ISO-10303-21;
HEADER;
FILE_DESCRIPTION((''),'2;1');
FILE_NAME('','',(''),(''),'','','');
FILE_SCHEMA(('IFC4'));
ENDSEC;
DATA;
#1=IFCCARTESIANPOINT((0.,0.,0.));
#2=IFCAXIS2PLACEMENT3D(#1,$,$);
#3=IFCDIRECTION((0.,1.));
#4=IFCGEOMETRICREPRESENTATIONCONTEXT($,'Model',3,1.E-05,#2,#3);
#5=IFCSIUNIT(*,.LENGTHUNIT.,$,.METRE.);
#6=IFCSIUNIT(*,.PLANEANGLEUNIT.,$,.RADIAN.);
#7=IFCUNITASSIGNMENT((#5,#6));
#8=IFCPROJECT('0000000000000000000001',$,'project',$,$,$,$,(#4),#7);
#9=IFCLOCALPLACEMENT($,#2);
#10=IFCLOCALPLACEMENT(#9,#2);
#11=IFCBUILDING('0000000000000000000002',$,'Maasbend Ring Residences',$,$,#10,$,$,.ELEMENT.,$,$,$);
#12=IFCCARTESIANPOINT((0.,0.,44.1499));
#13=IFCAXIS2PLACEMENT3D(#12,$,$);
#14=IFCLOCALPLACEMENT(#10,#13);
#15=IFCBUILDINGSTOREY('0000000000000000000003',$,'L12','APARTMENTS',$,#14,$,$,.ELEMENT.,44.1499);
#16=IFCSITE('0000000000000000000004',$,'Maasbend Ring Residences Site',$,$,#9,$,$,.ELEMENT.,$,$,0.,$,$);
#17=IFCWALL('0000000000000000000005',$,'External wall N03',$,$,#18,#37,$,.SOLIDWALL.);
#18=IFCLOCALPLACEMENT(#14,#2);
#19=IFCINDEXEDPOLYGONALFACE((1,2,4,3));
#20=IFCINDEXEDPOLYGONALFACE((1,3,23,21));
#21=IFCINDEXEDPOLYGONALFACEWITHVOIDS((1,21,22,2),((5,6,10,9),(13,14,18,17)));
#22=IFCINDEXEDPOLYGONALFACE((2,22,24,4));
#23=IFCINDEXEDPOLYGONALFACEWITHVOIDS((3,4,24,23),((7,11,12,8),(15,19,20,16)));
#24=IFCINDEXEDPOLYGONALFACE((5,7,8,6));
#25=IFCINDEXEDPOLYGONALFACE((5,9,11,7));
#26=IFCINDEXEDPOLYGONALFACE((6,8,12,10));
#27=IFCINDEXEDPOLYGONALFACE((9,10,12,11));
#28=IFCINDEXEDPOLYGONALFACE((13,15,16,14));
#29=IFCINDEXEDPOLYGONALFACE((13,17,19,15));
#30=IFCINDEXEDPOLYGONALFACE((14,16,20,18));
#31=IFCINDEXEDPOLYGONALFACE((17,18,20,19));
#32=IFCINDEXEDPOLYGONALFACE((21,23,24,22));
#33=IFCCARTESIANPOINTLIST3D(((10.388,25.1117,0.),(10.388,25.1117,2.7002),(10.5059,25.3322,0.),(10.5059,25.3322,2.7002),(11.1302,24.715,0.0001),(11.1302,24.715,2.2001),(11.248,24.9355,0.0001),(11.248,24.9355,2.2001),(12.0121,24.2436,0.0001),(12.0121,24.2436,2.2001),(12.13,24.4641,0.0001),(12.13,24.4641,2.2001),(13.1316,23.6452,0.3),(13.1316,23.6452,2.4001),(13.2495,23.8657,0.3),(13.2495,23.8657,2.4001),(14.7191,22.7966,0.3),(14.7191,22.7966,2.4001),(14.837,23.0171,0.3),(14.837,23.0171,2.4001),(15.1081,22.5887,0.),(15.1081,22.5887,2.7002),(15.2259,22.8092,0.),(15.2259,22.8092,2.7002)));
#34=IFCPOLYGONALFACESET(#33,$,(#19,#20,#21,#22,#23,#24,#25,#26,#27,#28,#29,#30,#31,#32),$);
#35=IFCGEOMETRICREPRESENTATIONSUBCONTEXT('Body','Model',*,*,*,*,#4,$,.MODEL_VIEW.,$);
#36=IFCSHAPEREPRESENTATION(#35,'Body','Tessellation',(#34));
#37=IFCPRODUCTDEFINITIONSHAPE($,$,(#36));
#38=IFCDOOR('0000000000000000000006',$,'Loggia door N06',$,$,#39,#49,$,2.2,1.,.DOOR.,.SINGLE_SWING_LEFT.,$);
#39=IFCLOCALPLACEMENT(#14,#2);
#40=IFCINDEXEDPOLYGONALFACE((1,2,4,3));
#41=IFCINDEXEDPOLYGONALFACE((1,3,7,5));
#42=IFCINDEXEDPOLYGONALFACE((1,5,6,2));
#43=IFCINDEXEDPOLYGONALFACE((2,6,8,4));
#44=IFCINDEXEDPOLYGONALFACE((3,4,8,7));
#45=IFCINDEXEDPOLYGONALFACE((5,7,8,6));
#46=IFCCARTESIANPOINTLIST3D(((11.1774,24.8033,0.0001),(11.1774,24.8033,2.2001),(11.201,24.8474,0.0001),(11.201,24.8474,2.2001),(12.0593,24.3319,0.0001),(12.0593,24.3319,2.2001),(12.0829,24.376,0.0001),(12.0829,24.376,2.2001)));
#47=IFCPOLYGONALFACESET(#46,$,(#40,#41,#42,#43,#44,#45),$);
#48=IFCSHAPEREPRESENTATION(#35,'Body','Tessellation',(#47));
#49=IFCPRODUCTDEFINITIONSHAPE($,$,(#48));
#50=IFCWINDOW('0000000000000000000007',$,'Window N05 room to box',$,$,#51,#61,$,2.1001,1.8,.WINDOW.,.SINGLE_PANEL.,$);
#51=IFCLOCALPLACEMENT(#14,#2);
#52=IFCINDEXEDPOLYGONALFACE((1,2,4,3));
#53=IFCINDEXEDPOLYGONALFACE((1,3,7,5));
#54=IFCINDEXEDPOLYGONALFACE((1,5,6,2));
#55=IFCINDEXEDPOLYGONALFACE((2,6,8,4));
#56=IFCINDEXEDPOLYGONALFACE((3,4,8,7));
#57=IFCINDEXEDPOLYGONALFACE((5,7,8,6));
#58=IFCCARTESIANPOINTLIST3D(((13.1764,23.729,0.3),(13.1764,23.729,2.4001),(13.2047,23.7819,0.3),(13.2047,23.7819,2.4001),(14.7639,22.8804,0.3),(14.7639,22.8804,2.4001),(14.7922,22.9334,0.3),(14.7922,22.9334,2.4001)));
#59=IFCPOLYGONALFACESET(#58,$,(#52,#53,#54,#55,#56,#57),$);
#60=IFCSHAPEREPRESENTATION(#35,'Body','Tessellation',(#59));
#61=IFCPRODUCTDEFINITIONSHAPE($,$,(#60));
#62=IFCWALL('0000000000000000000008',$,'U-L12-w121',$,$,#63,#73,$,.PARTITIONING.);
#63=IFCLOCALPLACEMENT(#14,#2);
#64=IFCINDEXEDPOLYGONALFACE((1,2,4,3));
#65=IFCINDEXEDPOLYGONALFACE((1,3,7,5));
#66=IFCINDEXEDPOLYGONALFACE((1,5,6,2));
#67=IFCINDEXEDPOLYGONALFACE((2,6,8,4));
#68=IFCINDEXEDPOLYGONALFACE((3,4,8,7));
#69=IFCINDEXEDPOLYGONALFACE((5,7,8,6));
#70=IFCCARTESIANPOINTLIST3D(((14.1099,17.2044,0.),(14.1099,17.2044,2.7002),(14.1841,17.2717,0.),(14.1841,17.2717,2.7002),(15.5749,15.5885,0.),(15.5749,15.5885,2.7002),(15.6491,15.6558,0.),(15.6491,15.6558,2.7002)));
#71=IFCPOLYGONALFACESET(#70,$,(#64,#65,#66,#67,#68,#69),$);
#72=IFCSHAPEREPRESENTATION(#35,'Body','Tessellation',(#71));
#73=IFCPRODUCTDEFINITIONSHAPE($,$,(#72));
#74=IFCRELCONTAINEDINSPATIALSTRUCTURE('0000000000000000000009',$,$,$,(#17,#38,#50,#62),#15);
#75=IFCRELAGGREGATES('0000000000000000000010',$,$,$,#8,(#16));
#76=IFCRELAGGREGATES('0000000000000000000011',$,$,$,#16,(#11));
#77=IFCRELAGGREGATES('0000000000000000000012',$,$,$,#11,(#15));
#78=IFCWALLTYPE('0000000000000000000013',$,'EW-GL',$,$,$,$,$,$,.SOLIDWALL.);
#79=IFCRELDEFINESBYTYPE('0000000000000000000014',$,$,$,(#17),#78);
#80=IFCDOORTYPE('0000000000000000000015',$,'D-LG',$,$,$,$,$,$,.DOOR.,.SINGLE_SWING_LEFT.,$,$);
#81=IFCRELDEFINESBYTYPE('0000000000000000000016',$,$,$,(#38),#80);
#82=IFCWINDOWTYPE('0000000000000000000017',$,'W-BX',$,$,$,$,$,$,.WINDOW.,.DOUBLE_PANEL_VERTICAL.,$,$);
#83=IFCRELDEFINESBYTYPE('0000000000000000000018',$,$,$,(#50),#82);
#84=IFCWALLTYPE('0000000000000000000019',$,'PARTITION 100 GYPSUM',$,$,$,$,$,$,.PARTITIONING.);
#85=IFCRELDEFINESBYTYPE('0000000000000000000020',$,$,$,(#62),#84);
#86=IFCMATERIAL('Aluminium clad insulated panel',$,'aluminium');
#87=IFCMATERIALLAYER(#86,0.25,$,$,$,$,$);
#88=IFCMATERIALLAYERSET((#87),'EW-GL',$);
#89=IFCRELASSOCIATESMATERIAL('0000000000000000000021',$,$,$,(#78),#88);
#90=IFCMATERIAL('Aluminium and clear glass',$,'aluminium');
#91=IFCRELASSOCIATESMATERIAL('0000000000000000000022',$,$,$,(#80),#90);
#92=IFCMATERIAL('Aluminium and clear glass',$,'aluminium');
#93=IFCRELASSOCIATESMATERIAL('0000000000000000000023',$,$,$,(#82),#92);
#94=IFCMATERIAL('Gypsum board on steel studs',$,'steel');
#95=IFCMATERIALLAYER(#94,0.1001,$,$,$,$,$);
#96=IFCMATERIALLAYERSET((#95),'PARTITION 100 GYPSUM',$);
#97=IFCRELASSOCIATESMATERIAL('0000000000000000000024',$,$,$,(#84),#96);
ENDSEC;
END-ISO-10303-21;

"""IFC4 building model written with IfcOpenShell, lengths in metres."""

from ifc_helpers import new_model, si_unit, direction, frame, frame_2d, origin, place, context, subcontext, project, spatial, rectangle, extrude, material, layer, layer_set, type_object, element, fill, save


model = new_model("IFC4")

# Units and contexts
model_context = context("Model", 3, precision=1e-05, world=origin(), true_north=direction((0.0, 1.0)))
body_context = subcontext(model_context, "Body", "Model", "MODEL_VIEW")
ifc_project = project(units=[si_unit("LENGTHUNIT", "METRE"), si_unit("PLANEANGLEUNIT", "RADIAN")], contexts=[model_context])

# Site, building, storey
site_placement = place(None, origin())
site = spatial("IfcSite", under=ifc_project, at=site_placement, Name="Maasbend Ring Residences Site", CompositionType="ELEMENT", RefElevation=0.0)
building_placement = place(site_placement, origin())
building = spatial("IfcBuilding", under=site, at=building_placement, Name="Maasbend Ring Residences", CompositionType="ELEMENT")
storey_placement = place(building_placement, frame((0.0, 0.0, 44.1499)))
storey = spatial("IfcBuildingStorey", under=building, at=storey_placement, Name="L12", Description="APARTMENTS", CompositionType="ELEMENT", Elevation=44.1499)

# Wall, openings, door, window
ifc_material_1 = material(Name="Aluminium clad insulated panel", Category="aluminium")
ifc_layer_1 = layer(ifc_material_1, 0.25)
ifc_layer_set_1 = layer_set([ifc_layer_1], Name="EW-GL")
wall_type_1 = type_object("IfcWallType", Name="EW-GL", PredefinedType="SOLIDWALL", material=ifc_layer_set_1)
ifc_material_2 = material(Name="Aluminium and clear glass", Category="aluminium")
door_type = type_object("IfcDoorType", Name="D-LG", OperationType="SINGLE_SWING_LEFT", PredefinedType="DOOR", material=ifc_material_2)
ifc_material_3 = material(Name="Aluminium and clear glass", Category="aluminium")
window_type_1 = type_object("IfcWindowType", Name="W-BX", PartitioningType="DOUBLE_PANEL_VERTICAL", PredefinedType="WINDOW", material=ifc_material_3)
wall_1_placement = place(storey_placement, frame((15.167, 22.699, 0.0), z_axis=(0.0, 0.0, 1.0), x_axis=(-0.881916, 0.471407, 0.0)))
wall_1 = element("IfcWall", 1, at=wall_1_placement, inside=storey, type_object=wall_type_1, Name="External wall N03", PredefinedType="SOLIDWALL", context=body_context, shape_type="SweptSolid", body=[
    extrude(rectangle(XDim=5.3521, YDim=0.25, at=frame_2d((2.676, 0.0))), origin(), (0.0, 0.0, 1.0), 2.7002),
])
opening_1_placement = place(wall_1_placement, frame((0.4412, 0.0, 0.3)))
opening_1 = element("IfcOpeningElement", 2, at=opening_1_placement, cuts=wall_1, PredefinedType="OPENING", context=body_context, shape_type="SweptSolid", body=[
    extrude(rectangle(XDim=1.8, YDim=2.1001, at=frame_2d((0.8999, 1.05))), frame((0.0, 0.135, 0.0), z_axis=(0.0, -1.0, 0.0), x_axis=(1.0, 0.0, 0.0)), (0.0, 0.0, 1.0), 0.27),
])
opening_2_placement = place(wall_1_placement, frame((3.5105, 0.0, 0.0)))
opening_2 = element("IfcOpeningElement", 3, at=opening_2_placement, cuts=wall_1, PredefinedType="OPENING", context=body_context, shape_type="SweptSolid", body=[
    extrude(rectangle(XDim=1.0, YDim=2.2, at=frame_2d((0.5, 1.1001))), frame((0.0, 0.135, 0.0), z_axis=(0.0, -1.0, 0.0), x_axis=(1.0, 0.0, 0.0)), (0.0, 0.0, 1.0), 0.27),
])
door_1_placement = place(opening_2_placement, origin())
door_1 = element("IfcDoor", 4, at=door_1_placement, inside=storey, type_object=door_type, Name="Loggia door N06", OperationType="SINGLE_SWING_LEFT", OverallHeight=2.2, OverallWidth=1.0, PredefinedType="DOOR", context=body_context, shape_type="SweptSolid", body=[
    extrude(rectangle(XDim=1.0, YDim=2.2, at=frame_2d((0.5, 1.1001))), frame((0.0, 0.0249, 0.0), z_axis=(0.0, -1.0, 0.0), x_axis=(1.0, 0.0, 0.0)), (0.0, 0.0, 1.0), 0.05),
])
fill(opening_2, door_1)
window_1_placement = place(opening_1_placement, origin())
window_1 = element("IfcWindow", 5, at=window_1_placement, inside=storey, type_object=window_type_1, Name="Window N05 room to box", OverallHeight=2.1001, OverallWidth=1.8, PartitioningType="SINGLE_PANEL", PredefinedType="WINDOW", context=body_context, shape_type="SweptSolid", body=[
    extrude(rectangle(XDim=1.8, YDim=2.1001, at=frame_2d((0.8999, 1.05))), frame((0.0, 0.03, 0.0), z_axis=(0.0, -1.0, 0.0), x_axis=(1.0, 0.0, 0.0)), (0.0, 0.0, 1.0), 0.0601),
])
fill(opening_1, window_1)

# Wall
ifc_material_4 = material(Name="Gypsum board on steel studs", Category="steel")
ifc_layer_2 = layer(ifc_material_4, 0.1001)
ifc_layer_set_2 = layer_set([ifc_layer_2], Name="PARTITION 100 GYPSUM")
wall_type_2 = type_object("IfcWallType", Name="PARTITION 100 GYPSUM", PredefinedType="PARTITIONING", material=ifc_layer_set_2)
wall_2_placement = place(storey_placement, frame((14.147, 17.238, 0.0), z_axis=(0.0, 0.0, 1.0), x_axis=(0.671675, -0.740846, 0.0)))
element("IfcWall", 6, at=wall_2_placement, inside=storey, type_object=wall_type_2, Name="U-L12-w121", PredefinedType="PARTITIONING", context=body_context, shape_type="SweptSolid", body=[
    extrude(rectangle(XDim=2.1812, YDim=0.1001, at=frame_2d((1.0906, 0.0))), origin(), (0.0, 0.0, 1.0), 2.7002),
])

save(model, "model.ifc")
